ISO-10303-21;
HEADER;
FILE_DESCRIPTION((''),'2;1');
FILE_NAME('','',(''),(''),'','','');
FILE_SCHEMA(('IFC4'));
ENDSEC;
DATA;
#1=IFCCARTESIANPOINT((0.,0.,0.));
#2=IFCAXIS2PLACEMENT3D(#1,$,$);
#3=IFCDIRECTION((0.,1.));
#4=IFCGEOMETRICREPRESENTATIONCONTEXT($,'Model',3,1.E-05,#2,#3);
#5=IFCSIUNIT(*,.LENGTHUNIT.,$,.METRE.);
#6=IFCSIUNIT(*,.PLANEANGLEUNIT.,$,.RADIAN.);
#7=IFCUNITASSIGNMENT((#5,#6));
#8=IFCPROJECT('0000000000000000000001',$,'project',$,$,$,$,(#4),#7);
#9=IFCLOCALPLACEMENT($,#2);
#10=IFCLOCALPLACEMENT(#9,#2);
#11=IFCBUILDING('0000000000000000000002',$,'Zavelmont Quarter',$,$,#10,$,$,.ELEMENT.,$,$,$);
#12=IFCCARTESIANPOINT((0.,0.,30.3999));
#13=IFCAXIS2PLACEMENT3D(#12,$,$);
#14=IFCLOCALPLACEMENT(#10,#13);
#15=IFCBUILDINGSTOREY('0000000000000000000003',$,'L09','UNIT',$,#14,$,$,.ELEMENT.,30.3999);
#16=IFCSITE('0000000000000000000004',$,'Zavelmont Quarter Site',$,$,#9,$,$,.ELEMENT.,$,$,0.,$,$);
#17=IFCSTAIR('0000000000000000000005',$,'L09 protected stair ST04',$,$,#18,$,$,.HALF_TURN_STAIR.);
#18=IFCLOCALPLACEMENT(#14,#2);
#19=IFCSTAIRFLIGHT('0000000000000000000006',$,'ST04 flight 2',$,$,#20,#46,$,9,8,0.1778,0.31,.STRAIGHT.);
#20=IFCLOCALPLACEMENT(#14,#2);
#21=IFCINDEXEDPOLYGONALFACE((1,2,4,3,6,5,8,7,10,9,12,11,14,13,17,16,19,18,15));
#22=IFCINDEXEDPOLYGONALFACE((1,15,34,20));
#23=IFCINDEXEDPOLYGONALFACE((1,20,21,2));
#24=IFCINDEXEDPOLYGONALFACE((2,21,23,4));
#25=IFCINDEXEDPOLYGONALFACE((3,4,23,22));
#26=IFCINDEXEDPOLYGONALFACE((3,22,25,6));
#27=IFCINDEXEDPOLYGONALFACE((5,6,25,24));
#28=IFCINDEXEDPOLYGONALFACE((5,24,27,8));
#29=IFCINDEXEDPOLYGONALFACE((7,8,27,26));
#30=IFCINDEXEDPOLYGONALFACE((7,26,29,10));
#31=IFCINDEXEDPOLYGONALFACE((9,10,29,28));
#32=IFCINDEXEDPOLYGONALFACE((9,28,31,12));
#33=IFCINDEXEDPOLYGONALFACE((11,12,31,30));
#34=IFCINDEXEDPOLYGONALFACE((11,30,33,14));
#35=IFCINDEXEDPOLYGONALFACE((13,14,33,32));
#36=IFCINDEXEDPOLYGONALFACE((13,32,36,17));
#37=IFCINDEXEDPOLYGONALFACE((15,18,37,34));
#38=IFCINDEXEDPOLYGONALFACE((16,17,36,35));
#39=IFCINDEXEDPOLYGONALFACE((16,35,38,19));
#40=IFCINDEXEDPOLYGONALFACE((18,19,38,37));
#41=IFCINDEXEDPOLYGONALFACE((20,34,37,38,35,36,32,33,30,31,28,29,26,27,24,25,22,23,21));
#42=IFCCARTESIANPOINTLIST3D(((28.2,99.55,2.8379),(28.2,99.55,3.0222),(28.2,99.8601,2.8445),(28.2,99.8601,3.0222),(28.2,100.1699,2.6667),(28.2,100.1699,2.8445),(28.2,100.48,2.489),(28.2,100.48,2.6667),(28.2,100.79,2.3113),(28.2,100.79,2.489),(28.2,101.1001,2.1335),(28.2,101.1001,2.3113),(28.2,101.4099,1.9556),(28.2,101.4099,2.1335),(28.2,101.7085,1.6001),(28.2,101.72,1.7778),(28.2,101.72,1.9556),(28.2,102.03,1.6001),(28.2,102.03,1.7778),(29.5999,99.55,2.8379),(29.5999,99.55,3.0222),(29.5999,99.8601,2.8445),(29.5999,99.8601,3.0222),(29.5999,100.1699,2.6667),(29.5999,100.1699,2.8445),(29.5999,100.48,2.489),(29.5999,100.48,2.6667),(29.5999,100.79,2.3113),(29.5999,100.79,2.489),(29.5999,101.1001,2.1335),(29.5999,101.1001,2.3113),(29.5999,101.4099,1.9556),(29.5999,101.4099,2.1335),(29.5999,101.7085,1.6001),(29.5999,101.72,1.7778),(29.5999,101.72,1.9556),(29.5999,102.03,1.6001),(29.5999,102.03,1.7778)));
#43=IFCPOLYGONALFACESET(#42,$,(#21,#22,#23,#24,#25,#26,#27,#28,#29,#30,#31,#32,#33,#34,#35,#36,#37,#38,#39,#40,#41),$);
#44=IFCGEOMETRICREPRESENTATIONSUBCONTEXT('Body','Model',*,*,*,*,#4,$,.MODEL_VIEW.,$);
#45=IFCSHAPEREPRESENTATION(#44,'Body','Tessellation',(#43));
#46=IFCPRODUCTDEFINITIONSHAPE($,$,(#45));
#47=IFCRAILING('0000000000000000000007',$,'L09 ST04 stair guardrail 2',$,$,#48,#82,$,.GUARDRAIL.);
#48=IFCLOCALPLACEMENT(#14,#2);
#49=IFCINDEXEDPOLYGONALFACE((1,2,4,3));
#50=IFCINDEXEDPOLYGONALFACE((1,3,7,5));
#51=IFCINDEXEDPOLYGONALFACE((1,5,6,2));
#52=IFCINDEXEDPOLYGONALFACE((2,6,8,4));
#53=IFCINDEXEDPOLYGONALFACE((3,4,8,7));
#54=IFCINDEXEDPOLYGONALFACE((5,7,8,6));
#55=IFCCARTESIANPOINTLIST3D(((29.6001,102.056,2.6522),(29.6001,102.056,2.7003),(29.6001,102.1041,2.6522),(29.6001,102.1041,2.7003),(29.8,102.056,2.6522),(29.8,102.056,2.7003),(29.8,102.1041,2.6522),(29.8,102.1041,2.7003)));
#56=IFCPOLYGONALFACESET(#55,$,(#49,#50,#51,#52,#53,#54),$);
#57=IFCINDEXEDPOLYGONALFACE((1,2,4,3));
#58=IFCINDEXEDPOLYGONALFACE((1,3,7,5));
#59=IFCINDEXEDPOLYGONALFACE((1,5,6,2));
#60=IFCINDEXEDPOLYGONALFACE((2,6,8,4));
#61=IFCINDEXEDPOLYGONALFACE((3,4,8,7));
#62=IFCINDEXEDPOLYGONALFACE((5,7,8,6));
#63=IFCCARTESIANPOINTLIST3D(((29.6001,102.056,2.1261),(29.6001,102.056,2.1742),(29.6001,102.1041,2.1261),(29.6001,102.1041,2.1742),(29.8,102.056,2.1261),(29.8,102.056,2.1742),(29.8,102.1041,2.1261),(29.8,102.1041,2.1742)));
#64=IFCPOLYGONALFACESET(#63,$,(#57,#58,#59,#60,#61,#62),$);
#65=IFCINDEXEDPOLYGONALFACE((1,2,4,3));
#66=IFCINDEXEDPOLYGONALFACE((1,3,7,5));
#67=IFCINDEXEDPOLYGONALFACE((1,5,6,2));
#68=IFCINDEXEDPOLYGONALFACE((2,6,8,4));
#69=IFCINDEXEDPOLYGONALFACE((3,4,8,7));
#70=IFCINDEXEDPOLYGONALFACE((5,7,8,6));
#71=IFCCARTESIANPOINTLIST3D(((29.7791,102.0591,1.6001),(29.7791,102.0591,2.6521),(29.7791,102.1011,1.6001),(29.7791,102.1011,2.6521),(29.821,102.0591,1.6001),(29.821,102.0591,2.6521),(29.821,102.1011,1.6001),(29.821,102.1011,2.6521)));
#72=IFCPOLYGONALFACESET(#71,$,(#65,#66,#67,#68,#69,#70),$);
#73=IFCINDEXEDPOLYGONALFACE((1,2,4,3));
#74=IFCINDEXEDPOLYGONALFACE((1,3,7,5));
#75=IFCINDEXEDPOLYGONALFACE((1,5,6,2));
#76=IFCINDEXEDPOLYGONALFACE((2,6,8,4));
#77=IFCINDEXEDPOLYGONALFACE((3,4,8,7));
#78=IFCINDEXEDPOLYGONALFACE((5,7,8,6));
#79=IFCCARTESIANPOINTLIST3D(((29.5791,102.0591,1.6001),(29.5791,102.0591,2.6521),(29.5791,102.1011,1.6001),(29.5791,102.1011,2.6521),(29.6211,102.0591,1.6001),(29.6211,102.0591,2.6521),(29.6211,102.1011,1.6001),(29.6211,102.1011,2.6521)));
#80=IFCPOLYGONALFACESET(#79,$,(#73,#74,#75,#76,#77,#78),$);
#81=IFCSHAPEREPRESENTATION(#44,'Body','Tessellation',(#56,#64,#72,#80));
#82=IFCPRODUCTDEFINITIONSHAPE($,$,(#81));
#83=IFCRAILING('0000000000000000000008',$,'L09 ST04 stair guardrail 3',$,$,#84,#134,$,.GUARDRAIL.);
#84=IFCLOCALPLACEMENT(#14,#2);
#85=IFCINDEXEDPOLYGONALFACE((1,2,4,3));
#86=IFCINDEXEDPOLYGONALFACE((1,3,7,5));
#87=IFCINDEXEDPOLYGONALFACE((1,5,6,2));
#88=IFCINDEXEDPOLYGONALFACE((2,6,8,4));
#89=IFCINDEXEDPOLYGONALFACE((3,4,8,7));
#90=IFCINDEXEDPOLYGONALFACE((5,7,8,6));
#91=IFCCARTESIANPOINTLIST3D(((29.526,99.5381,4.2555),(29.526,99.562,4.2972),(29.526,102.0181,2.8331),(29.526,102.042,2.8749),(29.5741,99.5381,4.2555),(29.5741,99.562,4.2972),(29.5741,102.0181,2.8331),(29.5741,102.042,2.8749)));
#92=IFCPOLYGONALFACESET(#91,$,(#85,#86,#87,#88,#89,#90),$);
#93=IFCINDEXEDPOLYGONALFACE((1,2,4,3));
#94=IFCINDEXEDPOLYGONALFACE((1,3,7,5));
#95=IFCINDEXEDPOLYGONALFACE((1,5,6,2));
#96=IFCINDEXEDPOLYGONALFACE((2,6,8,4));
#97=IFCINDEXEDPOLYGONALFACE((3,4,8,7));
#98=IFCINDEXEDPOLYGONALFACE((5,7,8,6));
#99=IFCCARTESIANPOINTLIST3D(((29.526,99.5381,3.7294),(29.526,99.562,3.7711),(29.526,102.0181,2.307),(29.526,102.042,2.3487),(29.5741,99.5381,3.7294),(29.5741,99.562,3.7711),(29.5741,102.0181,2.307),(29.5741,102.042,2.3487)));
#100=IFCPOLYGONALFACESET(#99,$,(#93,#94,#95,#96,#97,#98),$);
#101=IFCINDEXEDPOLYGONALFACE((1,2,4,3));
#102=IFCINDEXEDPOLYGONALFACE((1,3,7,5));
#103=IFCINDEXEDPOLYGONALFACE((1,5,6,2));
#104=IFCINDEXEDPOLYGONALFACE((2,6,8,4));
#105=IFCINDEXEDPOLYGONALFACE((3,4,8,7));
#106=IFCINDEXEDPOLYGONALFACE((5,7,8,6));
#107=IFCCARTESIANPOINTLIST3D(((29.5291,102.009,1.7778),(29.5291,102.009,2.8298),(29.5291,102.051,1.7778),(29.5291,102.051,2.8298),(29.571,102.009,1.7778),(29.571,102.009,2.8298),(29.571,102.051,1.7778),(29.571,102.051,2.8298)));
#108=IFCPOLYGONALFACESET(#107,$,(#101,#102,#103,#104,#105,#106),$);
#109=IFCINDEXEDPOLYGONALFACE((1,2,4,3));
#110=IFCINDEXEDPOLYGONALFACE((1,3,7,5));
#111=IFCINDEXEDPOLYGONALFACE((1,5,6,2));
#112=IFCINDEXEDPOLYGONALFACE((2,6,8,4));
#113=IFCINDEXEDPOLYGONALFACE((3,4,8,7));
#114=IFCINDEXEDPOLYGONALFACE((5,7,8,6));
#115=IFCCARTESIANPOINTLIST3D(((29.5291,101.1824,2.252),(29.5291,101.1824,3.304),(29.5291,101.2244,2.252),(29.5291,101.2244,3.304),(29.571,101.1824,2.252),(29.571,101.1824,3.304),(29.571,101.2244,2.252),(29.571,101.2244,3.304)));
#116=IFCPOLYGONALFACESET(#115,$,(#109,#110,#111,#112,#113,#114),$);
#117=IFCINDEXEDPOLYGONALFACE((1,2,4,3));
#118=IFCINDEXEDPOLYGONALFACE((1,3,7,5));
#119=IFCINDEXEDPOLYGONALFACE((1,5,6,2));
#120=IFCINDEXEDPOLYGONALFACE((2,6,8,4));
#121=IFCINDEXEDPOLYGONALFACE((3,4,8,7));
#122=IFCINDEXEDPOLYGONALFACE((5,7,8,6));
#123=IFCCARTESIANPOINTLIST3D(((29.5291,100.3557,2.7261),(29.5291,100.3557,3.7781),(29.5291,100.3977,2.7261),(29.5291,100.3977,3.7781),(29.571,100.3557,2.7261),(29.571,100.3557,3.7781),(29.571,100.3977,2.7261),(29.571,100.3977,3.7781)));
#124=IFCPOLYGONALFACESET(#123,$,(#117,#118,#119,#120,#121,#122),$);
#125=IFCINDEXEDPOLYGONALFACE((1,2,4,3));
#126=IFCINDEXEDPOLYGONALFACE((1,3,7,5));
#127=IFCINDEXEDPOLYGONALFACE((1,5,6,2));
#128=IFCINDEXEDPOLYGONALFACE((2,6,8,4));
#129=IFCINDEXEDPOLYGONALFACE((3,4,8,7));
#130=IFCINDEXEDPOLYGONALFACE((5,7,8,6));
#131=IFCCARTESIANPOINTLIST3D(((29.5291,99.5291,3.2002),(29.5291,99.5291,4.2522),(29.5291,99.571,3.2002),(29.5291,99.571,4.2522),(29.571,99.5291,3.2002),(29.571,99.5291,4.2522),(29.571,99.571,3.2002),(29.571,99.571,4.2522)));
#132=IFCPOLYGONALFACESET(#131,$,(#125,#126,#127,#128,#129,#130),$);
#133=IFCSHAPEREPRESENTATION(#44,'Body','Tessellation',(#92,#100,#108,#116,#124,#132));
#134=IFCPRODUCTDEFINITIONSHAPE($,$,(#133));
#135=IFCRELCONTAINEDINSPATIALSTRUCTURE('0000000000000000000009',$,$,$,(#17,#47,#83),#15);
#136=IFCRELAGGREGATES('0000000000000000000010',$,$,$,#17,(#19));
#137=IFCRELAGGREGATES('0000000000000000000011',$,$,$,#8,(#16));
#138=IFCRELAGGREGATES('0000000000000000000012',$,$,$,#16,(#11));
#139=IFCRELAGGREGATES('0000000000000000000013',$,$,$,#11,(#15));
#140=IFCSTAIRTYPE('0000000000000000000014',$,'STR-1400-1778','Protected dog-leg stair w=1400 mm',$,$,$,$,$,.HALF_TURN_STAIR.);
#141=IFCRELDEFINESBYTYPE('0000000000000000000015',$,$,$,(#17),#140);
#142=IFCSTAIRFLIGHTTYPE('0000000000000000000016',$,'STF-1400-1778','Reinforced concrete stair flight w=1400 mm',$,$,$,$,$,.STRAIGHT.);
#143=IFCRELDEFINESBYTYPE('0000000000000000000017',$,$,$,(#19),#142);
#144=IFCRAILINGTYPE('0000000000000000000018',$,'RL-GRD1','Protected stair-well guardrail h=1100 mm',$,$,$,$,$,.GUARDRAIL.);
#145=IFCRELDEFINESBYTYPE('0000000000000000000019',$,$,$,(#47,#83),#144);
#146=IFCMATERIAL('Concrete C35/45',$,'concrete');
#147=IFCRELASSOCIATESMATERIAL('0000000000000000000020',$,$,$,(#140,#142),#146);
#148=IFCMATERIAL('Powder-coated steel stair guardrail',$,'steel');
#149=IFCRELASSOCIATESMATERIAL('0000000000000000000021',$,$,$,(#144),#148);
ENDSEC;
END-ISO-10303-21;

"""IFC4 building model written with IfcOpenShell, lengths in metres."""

from ifc_helpers import new_model, si_unit, direction, frame, origin, origin_2d, place, context, subcontext, project, spatial, polyline, rectangle, outline, extrude, material, type_object, element, aggregate, save


model = new_model("IFC4")

# Units and contexts
model_context = context("Model", 3, precision=1e-05, world=origin(), true_north=direction((0.0, 1.0)))
body_context = subcontext(model_context, "Body", "Model", "MODEL_VIEW")
ifc_project = project(units=[si_unit("LENGTHUNIT", "METRE"), si_unit("PLANEANGLEUNIT", "RADIAN")], contexts=[model_context])

# Site, building, storey
site_placement = place(None, origin())
site = spatial("IfcSite", under=ifc_project, at=site_placement, Name="Zavelmont Quarter Site", CompositionType="ELEMENT", RefElevation=0.0)
building_placement = place(site_placement, origin())
building = spatial("IfcBuilding", under=site, at=building_placement, Name="Zavelmont Quarter", CompositionType="ELEMENT")
storey_placement = place(building_placement, frame((0.0, 0.0, 30.3999)))
storey = spatial("IfcBuildingStorey", under=building, at=storey_placement, Name="L09", Description="UNIT", CompositionType="ELEMENT", Elevation=30.3999)

# Shared definitions
ifc_material_1 = material(Name="Concrete C35/45", Category="concrete")

# Stair, stair flight
stair_type = type_object("IfcStairType", Name="STR-1400-1778", Description="Protected dog-leg stair w=1400 mm", PredefinedType="HALF_TURN_STAIR", material=ifc_material_1)
stair_placement = place(storey_placement, origin())
stair = element("IfcStair", 1, at=stair_placement, inside=storey, type_object=stair_type, Name="L09 protected stair ST04", PredefinedType="HALF_TURN_STAIR")
stair_flight_type = type_object("IfcStairFlightType", Name="STF-1400-1778", Description="Reinforced concrete stair flight w=1400 mm", PredefinedType="STRAIGHT", material=ifc_material_1)
stair_flight_placement = place(storey_placement, frame((28.8999, 102.03, 1.6001), z_axis=(0.0, 0.0, 1.0), x_axis=(0.0, -1.0, 0.0)))
stair_flight = element("IfcStairFlight", 2, at=stair_flight_placement, type_object=stair_flight_type, Name="ST04 flight 2", NumberOfRisers=9, NumberOfTreads=8, PredefinedType="STRAIGHT", RiserHeight=0.1778, TreadLength=0.31, context=body_context, shape_type="SweptSolid", body=[
    extrude(outline(polyline([(0.0, 0.0), (0.0, 0.1777), (0.3101, 0.1777), (0.3101, 0.3555), (0.6201, 0.3555), (0.6201, 0.5334), (0.9299, 0.5334), (0.9299, 0.7112), (1.24, 0.7112), (1.24, 0.8889), (1.55, 0.8889), (1.55, 1.0667), (1.8601, 1.0667), (1.8601, 1.2444), (2.1699, 1.2444), (2.1699, 1.4221), (2.48, 1.4221), (2.48, 1.6001), (2.48, 1.2378), (0.3215, 0.0), (0.0, 0.0)])), frame((0.0, 0.7, 0.0), z_axis=(0.0, -1.0, 0.0), x_axis=(1.0, 0.0, 0.0)), (0.0, 0.0, 1.0), 1.3999),
])
aggregate(stair, [stair_flight])

# Railings
ifc_material_2 = material(Name="Powder-coated steel stair guardrail", Category="steel")
railing_type_1 = type_object("IfcRailingType", Name="RL-GRD1", Description="Protected stair-well guardrail h=1100 mm", PredefinedType="GUARDRAIL", material=ifc_material_2)
railing_1_placement = place(storey_placement, frame((29.8, 102.0801, 1.6001)))
element("IfcRailing", 3, at=railing_1_placement, inside=storey, type_object=railing_type_1, Name="L09 ST04 stair guardrail 2", PredefinedType="GUARDRAIL", context=body_context, shape_type="SweptSolid", body=[
    extrude(rectangle(XDim=0.0481, YDim=0.0481, at=origin_2d()), frame((0.0, 0.0, 1.0762), z_axis=(-1.0, 0.0, 0.0), x_axis=(0.0, -1.0, 0.0)), (0.0, 0.0, 1.0), 0.2),
    extrude(rectangle(XDim=0.0481, YDim=0.0481, at=origin_2d()), frame((0.0, 0.0, 0.55), z_axis=(-1.0, 0.0, 0.0), x_axis=(0.0, -1.0, 0.0)), (0.0, 0.0, 1.0), 0.2),
    extrude(rectangle(XDim=0.042, YDim=0.042, at=origin_2d()), origin(), (0.0, 0.0, 1.0), 1.052),
    extrude(rectangle(XDim=0.042, YDim=0.042, at=origin_2d()), frame((-0.2, 0.0, 0.0)), (0.0, 0.0, 1.0), 1.052),
])
railing_2_placement = place(storey_placement, frame((29.55, 102.03, 1.7778)))
element("IfcRailing", 4, at=railing_2_placement, inside=storey, type_object=railing_type_1, Name="L09 ST04 stair guardrail 3", PredefinedType="GUARDRAIL", context=body_context, shape_type="SweptSolid", body=[
    extrude(rectangle(XDim=0.0481, YDim=0.0481, at=origin_2d()), frame((0.0, 0.0, 1.0762), z_axis=(0.0, -0.867454, 0.497518), x_axis=(1.0, 0.0, 0.0)), (0.0, 0.0, 1.0), 2.8589),
    extrude(rectangle(XDim=0.0481, YDim=0.0481, at=origin_2d()), frame((0.0, 0.0, 0.55), z_axis=(0.0, -0.867454, 0.497518), x_axis=(1.0, 0.0, 0.0)), (0.0, 0.0, 1.0), 2.8589),
    extrude(rectangle(XDim=0.042, YDim=0.042, at=origin_2d()), origin(), (0.0, 0.0, 1.0), 1.052),
    extrude(rectangle(XDim=0.042, YDim=0.042, at=origin_2d()), frame((0.0, -0.8267, 0.4741)), (0.0, 0.0, 1.0), 1.052),
    extrude(rectangle(XDim=0.042, YDim=0.042, at=origin_2d()), frame((0.0, -1.6533, 0.9482)), (0.0, 0.0, 1.0), 1.052),
    extrude(rectangle(XDim=0.042, YDim=0.042, at=origin_2d()), frame((0.0, -2.48, 1.4224)), (0.0, 0.0, 1.0), 1.052),
])

save(model, "model.ifc")
